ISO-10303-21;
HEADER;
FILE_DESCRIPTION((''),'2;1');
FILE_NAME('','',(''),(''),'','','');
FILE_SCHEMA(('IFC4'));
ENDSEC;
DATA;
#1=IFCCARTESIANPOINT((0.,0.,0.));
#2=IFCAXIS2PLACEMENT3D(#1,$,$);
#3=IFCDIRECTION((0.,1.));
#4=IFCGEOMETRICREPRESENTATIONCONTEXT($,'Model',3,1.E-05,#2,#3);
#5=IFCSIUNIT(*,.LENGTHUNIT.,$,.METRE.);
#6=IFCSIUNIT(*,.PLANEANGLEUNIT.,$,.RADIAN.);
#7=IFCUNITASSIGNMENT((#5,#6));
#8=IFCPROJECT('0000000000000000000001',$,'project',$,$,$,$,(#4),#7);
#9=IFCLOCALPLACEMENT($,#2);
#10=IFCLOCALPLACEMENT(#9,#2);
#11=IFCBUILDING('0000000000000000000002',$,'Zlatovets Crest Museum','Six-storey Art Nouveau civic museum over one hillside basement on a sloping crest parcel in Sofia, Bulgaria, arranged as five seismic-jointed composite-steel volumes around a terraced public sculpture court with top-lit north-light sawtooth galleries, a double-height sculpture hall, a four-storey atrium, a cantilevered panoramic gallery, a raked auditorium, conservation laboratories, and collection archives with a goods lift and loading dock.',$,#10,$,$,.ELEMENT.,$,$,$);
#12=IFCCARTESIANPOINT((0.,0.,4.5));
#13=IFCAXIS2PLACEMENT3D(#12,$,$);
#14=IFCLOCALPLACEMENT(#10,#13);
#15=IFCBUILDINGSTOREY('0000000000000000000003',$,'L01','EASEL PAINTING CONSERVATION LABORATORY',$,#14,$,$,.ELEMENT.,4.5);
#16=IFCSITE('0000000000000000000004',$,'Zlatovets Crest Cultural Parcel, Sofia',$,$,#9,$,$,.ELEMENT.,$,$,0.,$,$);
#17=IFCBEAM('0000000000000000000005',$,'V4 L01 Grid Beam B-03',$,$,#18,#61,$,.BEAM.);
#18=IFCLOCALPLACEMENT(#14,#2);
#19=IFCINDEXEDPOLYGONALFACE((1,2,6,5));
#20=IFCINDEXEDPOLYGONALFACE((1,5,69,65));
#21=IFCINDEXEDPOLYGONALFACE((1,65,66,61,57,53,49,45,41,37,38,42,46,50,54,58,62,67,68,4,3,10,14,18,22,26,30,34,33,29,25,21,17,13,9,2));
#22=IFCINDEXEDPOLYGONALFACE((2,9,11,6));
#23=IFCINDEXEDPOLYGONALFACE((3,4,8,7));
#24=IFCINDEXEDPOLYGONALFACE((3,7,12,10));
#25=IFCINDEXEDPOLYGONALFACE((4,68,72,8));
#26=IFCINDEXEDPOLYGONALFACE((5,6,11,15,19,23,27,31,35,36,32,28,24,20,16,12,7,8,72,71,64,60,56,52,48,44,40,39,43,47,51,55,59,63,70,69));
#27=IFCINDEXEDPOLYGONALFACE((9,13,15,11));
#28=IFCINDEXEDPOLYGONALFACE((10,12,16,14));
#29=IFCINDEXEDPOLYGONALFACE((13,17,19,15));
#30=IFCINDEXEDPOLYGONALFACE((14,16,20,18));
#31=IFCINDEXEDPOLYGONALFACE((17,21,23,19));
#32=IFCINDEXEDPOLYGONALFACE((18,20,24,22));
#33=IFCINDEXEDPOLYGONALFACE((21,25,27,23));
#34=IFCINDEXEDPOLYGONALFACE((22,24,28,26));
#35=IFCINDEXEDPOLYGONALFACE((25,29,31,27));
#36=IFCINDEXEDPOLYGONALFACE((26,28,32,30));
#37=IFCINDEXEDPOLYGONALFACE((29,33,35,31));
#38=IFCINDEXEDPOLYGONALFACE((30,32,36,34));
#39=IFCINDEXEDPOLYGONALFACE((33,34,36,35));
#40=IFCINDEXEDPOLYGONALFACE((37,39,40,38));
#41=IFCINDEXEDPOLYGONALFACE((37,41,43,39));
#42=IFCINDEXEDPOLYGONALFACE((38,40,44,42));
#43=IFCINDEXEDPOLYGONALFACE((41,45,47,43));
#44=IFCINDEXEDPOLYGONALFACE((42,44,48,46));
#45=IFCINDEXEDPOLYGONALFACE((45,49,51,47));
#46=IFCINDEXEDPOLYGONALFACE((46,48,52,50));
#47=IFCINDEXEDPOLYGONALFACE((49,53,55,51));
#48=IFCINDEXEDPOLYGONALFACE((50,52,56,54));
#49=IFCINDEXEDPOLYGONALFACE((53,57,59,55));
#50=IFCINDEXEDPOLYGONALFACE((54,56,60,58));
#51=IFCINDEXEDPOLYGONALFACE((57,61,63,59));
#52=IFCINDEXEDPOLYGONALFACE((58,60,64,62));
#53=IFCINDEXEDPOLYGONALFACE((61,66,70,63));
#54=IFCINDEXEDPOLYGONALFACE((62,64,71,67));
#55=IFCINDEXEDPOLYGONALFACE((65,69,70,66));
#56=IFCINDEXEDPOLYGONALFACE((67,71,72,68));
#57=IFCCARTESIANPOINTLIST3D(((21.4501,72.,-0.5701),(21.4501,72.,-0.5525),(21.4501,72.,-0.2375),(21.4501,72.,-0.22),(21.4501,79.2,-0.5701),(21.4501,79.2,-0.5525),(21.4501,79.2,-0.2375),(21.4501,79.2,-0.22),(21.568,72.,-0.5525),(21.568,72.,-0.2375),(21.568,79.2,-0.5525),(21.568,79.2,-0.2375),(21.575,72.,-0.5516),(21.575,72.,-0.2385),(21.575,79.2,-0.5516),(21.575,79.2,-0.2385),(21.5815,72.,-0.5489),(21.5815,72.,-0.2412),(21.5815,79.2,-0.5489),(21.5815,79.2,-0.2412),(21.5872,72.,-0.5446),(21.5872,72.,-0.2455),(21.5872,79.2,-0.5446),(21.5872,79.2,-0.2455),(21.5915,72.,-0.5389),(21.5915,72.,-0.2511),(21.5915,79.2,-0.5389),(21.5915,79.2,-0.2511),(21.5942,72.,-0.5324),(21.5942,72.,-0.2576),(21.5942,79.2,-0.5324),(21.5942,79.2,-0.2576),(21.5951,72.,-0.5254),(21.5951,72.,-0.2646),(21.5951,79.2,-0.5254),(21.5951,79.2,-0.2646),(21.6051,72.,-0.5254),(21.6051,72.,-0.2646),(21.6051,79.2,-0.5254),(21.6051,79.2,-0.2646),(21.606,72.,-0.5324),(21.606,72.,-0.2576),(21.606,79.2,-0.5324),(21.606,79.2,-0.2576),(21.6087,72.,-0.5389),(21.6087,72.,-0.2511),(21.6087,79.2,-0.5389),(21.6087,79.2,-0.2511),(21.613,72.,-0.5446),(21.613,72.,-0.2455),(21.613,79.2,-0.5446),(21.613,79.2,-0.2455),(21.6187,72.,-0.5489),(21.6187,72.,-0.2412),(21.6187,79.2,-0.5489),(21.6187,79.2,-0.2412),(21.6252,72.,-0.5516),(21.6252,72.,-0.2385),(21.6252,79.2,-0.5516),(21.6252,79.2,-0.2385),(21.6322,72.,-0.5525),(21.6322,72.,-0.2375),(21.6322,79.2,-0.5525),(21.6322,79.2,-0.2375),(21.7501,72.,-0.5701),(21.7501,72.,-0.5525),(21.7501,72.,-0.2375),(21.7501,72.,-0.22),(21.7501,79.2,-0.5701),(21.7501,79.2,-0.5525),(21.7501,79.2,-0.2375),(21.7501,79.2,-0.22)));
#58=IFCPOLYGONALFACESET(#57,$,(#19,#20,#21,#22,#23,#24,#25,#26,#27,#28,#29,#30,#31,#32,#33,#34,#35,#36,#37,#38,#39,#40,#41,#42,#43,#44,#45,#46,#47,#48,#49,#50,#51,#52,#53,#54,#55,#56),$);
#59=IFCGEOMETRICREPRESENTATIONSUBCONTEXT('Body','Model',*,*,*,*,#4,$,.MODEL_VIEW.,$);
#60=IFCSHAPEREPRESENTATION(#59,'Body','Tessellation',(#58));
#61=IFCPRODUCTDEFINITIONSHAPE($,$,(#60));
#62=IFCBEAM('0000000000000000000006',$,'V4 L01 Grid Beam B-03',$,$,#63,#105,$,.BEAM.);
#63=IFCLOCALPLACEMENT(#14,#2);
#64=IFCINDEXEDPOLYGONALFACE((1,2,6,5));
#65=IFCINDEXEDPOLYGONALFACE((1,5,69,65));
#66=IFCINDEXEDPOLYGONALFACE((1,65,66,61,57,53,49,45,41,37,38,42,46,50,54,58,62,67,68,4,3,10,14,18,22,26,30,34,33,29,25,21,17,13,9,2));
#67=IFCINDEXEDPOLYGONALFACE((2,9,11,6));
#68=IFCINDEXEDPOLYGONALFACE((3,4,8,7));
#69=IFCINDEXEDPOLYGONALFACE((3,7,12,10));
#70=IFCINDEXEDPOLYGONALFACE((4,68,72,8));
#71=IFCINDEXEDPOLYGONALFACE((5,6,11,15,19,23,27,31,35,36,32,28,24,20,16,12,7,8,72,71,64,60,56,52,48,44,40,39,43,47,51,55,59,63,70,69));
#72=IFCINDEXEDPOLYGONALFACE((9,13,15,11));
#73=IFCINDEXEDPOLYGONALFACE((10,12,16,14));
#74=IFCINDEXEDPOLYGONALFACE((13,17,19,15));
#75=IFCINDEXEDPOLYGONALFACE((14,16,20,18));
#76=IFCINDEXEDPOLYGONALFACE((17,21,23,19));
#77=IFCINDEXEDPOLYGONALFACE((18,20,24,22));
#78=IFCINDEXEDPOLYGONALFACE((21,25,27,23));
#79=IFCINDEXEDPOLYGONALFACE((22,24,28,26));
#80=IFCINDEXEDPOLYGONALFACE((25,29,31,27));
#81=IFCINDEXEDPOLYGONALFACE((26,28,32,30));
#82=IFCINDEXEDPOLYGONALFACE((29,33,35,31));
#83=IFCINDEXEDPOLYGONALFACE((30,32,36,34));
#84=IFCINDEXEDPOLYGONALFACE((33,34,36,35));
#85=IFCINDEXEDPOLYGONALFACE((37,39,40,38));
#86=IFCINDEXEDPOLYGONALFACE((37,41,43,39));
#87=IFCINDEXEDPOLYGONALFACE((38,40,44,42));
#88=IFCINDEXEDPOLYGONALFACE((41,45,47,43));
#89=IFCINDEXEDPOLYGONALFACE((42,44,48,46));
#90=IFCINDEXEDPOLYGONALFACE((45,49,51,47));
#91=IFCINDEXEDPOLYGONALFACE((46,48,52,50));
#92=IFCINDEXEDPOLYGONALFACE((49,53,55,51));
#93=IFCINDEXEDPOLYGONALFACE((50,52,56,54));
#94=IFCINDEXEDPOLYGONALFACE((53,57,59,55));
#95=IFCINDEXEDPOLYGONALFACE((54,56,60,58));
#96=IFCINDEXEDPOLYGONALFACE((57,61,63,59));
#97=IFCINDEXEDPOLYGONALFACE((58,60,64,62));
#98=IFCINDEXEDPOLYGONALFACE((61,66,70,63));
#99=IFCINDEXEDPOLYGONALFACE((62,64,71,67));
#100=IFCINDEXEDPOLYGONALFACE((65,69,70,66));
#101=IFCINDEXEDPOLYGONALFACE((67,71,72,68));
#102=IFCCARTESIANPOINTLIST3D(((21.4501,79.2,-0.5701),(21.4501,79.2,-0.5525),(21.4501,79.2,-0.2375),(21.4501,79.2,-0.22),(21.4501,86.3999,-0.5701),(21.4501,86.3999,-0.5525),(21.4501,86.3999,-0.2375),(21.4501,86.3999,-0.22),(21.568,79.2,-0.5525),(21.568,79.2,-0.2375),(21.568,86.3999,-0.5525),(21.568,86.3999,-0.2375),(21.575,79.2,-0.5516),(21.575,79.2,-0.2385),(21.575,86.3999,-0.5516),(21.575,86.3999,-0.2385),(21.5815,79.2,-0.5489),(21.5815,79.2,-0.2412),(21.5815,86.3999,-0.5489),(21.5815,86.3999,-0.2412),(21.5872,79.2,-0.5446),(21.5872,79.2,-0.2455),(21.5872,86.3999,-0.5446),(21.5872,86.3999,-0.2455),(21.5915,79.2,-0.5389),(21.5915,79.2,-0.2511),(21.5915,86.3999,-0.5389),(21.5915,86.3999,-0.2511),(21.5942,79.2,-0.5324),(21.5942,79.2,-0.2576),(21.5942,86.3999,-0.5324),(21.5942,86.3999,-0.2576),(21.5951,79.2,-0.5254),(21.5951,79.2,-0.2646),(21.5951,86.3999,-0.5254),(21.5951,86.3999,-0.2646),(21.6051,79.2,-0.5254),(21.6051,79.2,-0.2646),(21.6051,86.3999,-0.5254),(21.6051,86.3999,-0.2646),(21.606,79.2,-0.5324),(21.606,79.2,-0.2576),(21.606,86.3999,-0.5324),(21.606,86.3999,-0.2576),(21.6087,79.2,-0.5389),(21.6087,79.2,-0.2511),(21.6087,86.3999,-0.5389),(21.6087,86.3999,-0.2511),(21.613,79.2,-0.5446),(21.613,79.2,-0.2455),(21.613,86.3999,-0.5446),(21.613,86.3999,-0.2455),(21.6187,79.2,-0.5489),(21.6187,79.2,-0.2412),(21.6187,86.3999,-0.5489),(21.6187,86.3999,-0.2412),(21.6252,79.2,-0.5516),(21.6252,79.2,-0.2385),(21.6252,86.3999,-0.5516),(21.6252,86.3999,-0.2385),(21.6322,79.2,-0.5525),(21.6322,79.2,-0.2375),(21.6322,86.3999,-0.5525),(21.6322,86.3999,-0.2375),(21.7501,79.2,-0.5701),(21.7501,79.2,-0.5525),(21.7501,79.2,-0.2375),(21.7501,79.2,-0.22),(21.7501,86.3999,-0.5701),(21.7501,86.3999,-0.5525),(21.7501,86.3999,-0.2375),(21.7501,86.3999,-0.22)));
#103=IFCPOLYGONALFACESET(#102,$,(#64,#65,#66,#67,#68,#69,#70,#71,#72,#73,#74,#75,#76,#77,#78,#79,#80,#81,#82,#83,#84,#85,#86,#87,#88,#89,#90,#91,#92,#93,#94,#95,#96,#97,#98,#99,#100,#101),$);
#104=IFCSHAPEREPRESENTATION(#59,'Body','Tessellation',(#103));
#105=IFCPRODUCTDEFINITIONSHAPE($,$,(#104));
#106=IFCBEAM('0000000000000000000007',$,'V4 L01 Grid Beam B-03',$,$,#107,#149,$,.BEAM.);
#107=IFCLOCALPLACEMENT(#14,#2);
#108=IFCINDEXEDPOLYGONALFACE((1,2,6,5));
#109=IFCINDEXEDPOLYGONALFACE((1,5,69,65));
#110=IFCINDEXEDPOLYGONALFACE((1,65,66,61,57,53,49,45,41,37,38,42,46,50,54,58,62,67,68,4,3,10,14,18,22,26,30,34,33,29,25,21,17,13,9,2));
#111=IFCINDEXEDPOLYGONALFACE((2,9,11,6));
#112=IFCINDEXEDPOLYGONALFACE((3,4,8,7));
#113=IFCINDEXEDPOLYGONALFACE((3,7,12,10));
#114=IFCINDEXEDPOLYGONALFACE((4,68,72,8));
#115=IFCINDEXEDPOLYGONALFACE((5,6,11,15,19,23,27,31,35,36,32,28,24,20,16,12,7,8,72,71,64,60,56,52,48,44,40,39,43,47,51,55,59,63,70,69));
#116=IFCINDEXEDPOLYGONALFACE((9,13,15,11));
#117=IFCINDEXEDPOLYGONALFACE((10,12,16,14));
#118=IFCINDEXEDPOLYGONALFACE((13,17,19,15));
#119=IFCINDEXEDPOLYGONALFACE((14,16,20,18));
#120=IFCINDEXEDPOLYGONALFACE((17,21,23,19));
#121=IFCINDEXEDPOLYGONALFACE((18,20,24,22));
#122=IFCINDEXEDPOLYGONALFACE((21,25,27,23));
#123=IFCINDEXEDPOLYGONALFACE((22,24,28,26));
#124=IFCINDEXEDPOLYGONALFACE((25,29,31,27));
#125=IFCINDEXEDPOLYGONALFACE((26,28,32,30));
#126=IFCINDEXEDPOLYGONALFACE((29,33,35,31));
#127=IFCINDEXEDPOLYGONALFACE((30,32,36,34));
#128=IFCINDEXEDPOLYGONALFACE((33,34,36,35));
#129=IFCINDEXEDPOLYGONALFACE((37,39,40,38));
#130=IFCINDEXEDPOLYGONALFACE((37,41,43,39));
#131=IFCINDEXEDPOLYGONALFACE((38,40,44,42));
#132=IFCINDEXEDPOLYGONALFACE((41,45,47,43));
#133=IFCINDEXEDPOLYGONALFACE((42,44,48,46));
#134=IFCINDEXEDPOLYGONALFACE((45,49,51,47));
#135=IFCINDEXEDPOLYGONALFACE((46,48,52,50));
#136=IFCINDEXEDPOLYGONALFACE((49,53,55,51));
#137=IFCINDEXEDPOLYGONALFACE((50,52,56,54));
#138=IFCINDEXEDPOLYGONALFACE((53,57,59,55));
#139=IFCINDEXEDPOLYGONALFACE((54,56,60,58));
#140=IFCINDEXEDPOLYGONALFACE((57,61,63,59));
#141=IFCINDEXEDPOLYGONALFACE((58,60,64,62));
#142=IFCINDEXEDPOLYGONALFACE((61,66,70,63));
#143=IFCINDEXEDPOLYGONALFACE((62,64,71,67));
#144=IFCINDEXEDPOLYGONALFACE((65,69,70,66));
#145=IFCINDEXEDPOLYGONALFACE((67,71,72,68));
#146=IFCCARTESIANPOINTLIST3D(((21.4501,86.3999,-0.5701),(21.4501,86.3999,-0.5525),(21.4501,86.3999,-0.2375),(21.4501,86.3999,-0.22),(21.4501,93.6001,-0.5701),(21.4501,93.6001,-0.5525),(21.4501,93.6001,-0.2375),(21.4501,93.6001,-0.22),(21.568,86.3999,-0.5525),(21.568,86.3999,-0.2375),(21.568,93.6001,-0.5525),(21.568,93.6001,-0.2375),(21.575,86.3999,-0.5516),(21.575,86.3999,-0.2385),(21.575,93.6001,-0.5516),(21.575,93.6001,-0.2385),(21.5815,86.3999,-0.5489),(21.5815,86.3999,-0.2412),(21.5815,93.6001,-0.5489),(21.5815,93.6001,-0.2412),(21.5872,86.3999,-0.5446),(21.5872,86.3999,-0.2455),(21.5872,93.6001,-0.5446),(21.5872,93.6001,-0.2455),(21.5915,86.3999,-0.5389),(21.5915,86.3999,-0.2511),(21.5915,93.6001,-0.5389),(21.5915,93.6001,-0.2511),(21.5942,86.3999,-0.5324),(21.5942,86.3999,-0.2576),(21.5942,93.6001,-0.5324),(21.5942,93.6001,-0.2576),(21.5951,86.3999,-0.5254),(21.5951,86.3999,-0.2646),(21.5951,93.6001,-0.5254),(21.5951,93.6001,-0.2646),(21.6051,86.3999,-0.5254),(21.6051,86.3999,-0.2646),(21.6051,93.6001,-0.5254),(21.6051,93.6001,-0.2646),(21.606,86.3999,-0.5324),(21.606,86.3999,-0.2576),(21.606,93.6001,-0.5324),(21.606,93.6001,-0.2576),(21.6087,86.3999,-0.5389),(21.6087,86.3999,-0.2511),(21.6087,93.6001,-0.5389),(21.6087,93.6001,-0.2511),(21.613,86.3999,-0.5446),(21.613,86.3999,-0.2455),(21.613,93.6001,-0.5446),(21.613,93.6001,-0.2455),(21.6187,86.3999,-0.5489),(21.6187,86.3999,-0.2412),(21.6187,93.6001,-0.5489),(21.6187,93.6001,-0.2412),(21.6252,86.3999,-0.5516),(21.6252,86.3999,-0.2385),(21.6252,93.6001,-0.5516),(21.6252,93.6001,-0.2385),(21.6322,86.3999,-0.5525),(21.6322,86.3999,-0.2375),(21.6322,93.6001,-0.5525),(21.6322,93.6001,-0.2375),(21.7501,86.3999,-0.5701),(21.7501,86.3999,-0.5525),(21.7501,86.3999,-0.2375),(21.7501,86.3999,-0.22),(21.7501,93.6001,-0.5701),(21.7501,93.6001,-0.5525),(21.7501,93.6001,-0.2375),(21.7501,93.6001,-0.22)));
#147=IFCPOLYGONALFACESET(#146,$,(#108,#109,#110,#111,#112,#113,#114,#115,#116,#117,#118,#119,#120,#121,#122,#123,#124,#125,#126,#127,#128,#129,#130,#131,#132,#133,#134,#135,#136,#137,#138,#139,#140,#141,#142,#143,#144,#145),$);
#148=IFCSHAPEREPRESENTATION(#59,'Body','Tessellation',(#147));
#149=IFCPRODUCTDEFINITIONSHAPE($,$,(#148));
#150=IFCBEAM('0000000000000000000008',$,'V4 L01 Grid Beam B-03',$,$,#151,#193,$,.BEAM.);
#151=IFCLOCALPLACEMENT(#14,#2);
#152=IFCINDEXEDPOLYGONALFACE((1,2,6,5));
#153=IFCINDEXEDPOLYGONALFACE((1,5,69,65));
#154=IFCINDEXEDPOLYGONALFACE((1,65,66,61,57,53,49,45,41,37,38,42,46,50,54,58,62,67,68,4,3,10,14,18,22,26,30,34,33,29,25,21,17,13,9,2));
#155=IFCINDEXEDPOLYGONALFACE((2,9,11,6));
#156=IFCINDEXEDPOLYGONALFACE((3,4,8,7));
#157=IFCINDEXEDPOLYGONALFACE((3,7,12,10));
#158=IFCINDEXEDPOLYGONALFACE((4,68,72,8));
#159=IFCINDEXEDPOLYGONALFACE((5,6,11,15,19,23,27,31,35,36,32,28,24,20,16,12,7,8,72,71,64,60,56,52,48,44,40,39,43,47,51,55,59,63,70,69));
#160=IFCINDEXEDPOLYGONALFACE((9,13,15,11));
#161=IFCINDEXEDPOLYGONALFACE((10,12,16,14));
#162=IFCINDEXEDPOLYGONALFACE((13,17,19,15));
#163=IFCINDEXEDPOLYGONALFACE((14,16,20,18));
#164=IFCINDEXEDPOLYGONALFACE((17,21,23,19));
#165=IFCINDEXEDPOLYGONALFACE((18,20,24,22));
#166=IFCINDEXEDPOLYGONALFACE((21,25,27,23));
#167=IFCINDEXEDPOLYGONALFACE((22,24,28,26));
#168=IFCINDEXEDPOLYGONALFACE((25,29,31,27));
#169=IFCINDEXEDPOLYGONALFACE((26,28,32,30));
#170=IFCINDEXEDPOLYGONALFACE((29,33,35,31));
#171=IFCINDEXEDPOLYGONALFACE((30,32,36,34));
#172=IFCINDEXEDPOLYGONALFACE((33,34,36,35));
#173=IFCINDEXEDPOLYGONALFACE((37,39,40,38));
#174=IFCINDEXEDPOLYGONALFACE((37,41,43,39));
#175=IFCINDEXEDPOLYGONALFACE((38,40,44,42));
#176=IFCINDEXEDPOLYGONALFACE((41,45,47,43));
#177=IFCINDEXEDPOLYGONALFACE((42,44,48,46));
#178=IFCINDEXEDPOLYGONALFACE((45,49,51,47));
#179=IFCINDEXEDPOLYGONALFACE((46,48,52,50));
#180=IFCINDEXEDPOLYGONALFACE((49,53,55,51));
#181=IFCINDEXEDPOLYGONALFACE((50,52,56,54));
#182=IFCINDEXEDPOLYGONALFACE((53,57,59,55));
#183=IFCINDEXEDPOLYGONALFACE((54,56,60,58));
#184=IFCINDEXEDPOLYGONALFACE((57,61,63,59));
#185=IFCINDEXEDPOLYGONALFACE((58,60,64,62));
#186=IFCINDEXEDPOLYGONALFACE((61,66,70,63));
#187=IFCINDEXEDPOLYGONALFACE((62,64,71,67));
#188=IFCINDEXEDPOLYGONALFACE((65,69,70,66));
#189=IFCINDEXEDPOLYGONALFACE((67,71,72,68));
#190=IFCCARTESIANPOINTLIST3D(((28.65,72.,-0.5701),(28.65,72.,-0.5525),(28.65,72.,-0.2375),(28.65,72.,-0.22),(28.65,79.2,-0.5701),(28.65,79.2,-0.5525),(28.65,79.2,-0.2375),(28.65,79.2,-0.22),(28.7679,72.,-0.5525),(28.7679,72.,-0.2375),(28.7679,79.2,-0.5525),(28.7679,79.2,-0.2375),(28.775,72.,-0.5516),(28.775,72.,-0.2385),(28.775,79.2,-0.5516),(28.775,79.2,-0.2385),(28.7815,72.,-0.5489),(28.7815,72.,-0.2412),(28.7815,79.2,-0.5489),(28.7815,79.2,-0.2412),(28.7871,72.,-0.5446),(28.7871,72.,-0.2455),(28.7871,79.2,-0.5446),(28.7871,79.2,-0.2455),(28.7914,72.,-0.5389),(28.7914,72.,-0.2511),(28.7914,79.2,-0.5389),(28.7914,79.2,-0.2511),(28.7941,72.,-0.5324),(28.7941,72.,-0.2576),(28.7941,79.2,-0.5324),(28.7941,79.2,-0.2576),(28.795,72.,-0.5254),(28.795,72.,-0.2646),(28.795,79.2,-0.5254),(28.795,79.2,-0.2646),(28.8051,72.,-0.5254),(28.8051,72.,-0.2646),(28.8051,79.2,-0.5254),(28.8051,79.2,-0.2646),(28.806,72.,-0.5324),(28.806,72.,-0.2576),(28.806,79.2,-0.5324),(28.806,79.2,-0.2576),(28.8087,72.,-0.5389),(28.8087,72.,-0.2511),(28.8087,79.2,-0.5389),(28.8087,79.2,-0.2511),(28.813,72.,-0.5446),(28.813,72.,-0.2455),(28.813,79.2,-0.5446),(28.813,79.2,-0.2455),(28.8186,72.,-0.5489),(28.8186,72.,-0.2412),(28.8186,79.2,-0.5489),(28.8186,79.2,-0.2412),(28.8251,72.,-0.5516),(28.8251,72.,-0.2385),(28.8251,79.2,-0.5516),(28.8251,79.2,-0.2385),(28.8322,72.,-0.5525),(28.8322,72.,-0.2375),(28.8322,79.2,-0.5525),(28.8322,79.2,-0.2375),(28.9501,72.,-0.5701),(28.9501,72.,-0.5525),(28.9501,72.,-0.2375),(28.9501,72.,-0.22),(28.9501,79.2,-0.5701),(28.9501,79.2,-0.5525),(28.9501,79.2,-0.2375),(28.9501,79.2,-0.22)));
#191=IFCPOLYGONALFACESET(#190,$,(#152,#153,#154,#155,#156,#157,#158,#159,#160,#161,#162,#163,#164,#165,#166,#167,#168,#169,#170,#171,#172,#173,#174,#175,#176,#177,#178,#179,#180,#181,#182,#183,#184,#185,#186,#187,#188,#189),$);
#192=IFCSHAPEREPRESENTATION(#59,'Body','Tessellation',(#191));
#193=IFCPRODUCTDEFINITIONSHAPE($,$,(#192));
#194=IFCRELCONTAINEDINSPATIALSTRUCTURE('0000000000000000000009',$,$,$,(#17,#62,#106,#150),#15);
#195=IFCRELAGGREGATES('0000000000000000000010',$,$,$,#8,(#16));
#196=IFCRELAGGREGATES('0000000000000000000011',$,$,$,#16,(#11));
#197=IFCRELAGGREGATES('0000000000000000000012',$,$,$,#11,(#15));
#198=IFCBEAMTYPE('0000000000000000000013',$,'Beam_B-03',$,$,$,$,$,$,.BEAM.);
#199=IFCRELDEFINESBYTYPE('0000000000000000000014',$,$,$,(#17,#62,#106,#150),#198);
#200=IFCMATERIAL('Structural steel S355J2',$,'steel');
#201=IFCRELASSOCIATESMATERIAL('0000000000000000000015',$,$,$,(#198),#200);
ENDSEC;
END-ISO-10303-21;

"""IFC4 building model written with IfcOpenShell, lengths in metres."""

from ifc_helpers import new_model, si_unit, direction, frame, origin, origin_2d, place, context, subcontext, project, spatial, i_section, extrude, material, material_profile, profile_set, type_object, element, save


model = new_model("IFC4")

# Units and contexts
model_context = context("Model", 3, precision=1e-05, world=origin(), true_north=direction((0.0, 1.0)))
body_context = subcontext(model_context, "Body", "Model", "MODEL_VIEW")
ifc_project = project(units=[si_unit("LENGTHUNIT", "METRE"), si_unit("PLANEANGLEUNIT", "RADIAN")], contexts=[model_context])

# Site, building, storey
site_placement = place(None, origin())
site = spatial("IfcSite", under=ifc_project, at=site_placement, Name="Zlatovets Crest Cultural Parcel, Sofia", CompositionType="ELEMENT", RefElevation=0.0)
building_placement = place(site_placement, origin())
building = spatial("IfcBuilding", under=site, at=building_placement, Name="Zlatovets Crest Museum", Description="Six-storey Art Nouveau civic museum over one hillside basement on a sloping crest parcel in Sofia, Bulgaria, arranged as five seismic-jointed composite-steel volumes around a terraced public sculpture court with top-lit north-light sawtooth galleries, a double-height sculpture hall, a four-storey atrium, a cantilevered panoramic gallery, a raked auditorium, conservation laboratories, and collection archives with a goods lift and loading dock.", CompositionType="ELEMENT")
storey_placement = place(building_placement, frame((0.0, 0.0, 4.5)))
storey = spatial("IfcBuildingStorey", under=building, at=storey_placement, Name="L01", Description="EASEL PAINTING CONSERVATION LABORATORY", CompositionType="ELEMENT", Elevation=4.5)

# Shared definitions
ifc_material_1 = material(Name="Structural steel S355J2", Category="steel")

# Beams
ifc_material_profile_1 = material_profile(ifc_material_1, i_section(OverallWidth=0.3, OverallDepth=0.3501, WebThickness=0.01, FlangeThickness=0.0176, FilletRadius=0.0271, at=origin_2d()), Name="HEA 360")
ifc_profile_set_1 = profile_set([ifc_material_profile_1], Name="Structural steel S355J2")
beam_type_1 = type_object("IfcBeamType", Name="Beam_B-03", PredefinedType="BEAM", material=ifc_profile_set_1)
for number, where, z_axis, x_axis, name in (
    (1, (21.6001, 72.0, -0.395), (0.0, 1.0, 0.0), (-1.0, 0.0, 0.0), "V4 L01 Grid Beam B-03"),
    (2, (21.6001, 79.2, -0.395), (0.0, 1.0, 0.0), (-1.0, 0.0, 0.0), "V4 L01 Grid Beam B-03"),
):
    element("IfcBeam", number, at=place(storey_placement, frame(where, z_axis=z_axis, x_axis=x_axis)), inside=storey, type_object=beam_type_1, Name=name, PredefinedType="BEAM", context=body_context, shape_type="SweptSolid", body=[
        extrude(i_section(OverallWidth=0.3, OverallDepth=0.3501, WebThickness=0.01, FlangeThickness=0.0176, FilletRadius=0.0271, at=origin_2d()), origin(), (0.0, 0.0, 1.0), 7.2),
    ])
beam_1_placement = place(storey_placement, frame((21.6001, 86.3999, -0.395), z_axis=(0.0, 1.0, 0.0), x_axis=(-1.0, 0.0, 0.0)))
element("IfcBeam", 3, at=beam_1_placement, inside=storey, type_object=beam_type_1, Name="V4 L01 Grid Beam B-03", PredefinedType="BEAM", context=body_context, shape_type="SweptSolid", body=[
    extrude(i_section(OverallWidth=0.3, OverallDepth=0.3501, WebThickness=0.01, FlangeThickness=0.0176, FilletRadius=0.0271, at=origin_2d()), origin(), (0.0, 0.0, 1.0), 7.2002),
])
beam_2_placement = place(storey_placement, frame((28.8, 72.0, -0.395), z_axis=(0.0, 1.0, 0.0), x_axis=(-1.0, 0.0, 0.0)))
element("IfcBeam", 4, at=beam_2_placement, inside=storey, type_object=beam_type_1, Name="V4 L01 Grid Beam B-03", PredefinedType="BEAM", context=body_context, shape_type="SweptSolid", body=[
    extrude(i_section(OverallWidth=0.3, OverallDepth=0.3501, WebThickness=0.01, FlangeThickness=0.0176, FilletRadius=0.0271, at=origin_2d()), origin(), (0.0, 0.0, 1.0), 7.2),
])

save(model, "model.ifc")
